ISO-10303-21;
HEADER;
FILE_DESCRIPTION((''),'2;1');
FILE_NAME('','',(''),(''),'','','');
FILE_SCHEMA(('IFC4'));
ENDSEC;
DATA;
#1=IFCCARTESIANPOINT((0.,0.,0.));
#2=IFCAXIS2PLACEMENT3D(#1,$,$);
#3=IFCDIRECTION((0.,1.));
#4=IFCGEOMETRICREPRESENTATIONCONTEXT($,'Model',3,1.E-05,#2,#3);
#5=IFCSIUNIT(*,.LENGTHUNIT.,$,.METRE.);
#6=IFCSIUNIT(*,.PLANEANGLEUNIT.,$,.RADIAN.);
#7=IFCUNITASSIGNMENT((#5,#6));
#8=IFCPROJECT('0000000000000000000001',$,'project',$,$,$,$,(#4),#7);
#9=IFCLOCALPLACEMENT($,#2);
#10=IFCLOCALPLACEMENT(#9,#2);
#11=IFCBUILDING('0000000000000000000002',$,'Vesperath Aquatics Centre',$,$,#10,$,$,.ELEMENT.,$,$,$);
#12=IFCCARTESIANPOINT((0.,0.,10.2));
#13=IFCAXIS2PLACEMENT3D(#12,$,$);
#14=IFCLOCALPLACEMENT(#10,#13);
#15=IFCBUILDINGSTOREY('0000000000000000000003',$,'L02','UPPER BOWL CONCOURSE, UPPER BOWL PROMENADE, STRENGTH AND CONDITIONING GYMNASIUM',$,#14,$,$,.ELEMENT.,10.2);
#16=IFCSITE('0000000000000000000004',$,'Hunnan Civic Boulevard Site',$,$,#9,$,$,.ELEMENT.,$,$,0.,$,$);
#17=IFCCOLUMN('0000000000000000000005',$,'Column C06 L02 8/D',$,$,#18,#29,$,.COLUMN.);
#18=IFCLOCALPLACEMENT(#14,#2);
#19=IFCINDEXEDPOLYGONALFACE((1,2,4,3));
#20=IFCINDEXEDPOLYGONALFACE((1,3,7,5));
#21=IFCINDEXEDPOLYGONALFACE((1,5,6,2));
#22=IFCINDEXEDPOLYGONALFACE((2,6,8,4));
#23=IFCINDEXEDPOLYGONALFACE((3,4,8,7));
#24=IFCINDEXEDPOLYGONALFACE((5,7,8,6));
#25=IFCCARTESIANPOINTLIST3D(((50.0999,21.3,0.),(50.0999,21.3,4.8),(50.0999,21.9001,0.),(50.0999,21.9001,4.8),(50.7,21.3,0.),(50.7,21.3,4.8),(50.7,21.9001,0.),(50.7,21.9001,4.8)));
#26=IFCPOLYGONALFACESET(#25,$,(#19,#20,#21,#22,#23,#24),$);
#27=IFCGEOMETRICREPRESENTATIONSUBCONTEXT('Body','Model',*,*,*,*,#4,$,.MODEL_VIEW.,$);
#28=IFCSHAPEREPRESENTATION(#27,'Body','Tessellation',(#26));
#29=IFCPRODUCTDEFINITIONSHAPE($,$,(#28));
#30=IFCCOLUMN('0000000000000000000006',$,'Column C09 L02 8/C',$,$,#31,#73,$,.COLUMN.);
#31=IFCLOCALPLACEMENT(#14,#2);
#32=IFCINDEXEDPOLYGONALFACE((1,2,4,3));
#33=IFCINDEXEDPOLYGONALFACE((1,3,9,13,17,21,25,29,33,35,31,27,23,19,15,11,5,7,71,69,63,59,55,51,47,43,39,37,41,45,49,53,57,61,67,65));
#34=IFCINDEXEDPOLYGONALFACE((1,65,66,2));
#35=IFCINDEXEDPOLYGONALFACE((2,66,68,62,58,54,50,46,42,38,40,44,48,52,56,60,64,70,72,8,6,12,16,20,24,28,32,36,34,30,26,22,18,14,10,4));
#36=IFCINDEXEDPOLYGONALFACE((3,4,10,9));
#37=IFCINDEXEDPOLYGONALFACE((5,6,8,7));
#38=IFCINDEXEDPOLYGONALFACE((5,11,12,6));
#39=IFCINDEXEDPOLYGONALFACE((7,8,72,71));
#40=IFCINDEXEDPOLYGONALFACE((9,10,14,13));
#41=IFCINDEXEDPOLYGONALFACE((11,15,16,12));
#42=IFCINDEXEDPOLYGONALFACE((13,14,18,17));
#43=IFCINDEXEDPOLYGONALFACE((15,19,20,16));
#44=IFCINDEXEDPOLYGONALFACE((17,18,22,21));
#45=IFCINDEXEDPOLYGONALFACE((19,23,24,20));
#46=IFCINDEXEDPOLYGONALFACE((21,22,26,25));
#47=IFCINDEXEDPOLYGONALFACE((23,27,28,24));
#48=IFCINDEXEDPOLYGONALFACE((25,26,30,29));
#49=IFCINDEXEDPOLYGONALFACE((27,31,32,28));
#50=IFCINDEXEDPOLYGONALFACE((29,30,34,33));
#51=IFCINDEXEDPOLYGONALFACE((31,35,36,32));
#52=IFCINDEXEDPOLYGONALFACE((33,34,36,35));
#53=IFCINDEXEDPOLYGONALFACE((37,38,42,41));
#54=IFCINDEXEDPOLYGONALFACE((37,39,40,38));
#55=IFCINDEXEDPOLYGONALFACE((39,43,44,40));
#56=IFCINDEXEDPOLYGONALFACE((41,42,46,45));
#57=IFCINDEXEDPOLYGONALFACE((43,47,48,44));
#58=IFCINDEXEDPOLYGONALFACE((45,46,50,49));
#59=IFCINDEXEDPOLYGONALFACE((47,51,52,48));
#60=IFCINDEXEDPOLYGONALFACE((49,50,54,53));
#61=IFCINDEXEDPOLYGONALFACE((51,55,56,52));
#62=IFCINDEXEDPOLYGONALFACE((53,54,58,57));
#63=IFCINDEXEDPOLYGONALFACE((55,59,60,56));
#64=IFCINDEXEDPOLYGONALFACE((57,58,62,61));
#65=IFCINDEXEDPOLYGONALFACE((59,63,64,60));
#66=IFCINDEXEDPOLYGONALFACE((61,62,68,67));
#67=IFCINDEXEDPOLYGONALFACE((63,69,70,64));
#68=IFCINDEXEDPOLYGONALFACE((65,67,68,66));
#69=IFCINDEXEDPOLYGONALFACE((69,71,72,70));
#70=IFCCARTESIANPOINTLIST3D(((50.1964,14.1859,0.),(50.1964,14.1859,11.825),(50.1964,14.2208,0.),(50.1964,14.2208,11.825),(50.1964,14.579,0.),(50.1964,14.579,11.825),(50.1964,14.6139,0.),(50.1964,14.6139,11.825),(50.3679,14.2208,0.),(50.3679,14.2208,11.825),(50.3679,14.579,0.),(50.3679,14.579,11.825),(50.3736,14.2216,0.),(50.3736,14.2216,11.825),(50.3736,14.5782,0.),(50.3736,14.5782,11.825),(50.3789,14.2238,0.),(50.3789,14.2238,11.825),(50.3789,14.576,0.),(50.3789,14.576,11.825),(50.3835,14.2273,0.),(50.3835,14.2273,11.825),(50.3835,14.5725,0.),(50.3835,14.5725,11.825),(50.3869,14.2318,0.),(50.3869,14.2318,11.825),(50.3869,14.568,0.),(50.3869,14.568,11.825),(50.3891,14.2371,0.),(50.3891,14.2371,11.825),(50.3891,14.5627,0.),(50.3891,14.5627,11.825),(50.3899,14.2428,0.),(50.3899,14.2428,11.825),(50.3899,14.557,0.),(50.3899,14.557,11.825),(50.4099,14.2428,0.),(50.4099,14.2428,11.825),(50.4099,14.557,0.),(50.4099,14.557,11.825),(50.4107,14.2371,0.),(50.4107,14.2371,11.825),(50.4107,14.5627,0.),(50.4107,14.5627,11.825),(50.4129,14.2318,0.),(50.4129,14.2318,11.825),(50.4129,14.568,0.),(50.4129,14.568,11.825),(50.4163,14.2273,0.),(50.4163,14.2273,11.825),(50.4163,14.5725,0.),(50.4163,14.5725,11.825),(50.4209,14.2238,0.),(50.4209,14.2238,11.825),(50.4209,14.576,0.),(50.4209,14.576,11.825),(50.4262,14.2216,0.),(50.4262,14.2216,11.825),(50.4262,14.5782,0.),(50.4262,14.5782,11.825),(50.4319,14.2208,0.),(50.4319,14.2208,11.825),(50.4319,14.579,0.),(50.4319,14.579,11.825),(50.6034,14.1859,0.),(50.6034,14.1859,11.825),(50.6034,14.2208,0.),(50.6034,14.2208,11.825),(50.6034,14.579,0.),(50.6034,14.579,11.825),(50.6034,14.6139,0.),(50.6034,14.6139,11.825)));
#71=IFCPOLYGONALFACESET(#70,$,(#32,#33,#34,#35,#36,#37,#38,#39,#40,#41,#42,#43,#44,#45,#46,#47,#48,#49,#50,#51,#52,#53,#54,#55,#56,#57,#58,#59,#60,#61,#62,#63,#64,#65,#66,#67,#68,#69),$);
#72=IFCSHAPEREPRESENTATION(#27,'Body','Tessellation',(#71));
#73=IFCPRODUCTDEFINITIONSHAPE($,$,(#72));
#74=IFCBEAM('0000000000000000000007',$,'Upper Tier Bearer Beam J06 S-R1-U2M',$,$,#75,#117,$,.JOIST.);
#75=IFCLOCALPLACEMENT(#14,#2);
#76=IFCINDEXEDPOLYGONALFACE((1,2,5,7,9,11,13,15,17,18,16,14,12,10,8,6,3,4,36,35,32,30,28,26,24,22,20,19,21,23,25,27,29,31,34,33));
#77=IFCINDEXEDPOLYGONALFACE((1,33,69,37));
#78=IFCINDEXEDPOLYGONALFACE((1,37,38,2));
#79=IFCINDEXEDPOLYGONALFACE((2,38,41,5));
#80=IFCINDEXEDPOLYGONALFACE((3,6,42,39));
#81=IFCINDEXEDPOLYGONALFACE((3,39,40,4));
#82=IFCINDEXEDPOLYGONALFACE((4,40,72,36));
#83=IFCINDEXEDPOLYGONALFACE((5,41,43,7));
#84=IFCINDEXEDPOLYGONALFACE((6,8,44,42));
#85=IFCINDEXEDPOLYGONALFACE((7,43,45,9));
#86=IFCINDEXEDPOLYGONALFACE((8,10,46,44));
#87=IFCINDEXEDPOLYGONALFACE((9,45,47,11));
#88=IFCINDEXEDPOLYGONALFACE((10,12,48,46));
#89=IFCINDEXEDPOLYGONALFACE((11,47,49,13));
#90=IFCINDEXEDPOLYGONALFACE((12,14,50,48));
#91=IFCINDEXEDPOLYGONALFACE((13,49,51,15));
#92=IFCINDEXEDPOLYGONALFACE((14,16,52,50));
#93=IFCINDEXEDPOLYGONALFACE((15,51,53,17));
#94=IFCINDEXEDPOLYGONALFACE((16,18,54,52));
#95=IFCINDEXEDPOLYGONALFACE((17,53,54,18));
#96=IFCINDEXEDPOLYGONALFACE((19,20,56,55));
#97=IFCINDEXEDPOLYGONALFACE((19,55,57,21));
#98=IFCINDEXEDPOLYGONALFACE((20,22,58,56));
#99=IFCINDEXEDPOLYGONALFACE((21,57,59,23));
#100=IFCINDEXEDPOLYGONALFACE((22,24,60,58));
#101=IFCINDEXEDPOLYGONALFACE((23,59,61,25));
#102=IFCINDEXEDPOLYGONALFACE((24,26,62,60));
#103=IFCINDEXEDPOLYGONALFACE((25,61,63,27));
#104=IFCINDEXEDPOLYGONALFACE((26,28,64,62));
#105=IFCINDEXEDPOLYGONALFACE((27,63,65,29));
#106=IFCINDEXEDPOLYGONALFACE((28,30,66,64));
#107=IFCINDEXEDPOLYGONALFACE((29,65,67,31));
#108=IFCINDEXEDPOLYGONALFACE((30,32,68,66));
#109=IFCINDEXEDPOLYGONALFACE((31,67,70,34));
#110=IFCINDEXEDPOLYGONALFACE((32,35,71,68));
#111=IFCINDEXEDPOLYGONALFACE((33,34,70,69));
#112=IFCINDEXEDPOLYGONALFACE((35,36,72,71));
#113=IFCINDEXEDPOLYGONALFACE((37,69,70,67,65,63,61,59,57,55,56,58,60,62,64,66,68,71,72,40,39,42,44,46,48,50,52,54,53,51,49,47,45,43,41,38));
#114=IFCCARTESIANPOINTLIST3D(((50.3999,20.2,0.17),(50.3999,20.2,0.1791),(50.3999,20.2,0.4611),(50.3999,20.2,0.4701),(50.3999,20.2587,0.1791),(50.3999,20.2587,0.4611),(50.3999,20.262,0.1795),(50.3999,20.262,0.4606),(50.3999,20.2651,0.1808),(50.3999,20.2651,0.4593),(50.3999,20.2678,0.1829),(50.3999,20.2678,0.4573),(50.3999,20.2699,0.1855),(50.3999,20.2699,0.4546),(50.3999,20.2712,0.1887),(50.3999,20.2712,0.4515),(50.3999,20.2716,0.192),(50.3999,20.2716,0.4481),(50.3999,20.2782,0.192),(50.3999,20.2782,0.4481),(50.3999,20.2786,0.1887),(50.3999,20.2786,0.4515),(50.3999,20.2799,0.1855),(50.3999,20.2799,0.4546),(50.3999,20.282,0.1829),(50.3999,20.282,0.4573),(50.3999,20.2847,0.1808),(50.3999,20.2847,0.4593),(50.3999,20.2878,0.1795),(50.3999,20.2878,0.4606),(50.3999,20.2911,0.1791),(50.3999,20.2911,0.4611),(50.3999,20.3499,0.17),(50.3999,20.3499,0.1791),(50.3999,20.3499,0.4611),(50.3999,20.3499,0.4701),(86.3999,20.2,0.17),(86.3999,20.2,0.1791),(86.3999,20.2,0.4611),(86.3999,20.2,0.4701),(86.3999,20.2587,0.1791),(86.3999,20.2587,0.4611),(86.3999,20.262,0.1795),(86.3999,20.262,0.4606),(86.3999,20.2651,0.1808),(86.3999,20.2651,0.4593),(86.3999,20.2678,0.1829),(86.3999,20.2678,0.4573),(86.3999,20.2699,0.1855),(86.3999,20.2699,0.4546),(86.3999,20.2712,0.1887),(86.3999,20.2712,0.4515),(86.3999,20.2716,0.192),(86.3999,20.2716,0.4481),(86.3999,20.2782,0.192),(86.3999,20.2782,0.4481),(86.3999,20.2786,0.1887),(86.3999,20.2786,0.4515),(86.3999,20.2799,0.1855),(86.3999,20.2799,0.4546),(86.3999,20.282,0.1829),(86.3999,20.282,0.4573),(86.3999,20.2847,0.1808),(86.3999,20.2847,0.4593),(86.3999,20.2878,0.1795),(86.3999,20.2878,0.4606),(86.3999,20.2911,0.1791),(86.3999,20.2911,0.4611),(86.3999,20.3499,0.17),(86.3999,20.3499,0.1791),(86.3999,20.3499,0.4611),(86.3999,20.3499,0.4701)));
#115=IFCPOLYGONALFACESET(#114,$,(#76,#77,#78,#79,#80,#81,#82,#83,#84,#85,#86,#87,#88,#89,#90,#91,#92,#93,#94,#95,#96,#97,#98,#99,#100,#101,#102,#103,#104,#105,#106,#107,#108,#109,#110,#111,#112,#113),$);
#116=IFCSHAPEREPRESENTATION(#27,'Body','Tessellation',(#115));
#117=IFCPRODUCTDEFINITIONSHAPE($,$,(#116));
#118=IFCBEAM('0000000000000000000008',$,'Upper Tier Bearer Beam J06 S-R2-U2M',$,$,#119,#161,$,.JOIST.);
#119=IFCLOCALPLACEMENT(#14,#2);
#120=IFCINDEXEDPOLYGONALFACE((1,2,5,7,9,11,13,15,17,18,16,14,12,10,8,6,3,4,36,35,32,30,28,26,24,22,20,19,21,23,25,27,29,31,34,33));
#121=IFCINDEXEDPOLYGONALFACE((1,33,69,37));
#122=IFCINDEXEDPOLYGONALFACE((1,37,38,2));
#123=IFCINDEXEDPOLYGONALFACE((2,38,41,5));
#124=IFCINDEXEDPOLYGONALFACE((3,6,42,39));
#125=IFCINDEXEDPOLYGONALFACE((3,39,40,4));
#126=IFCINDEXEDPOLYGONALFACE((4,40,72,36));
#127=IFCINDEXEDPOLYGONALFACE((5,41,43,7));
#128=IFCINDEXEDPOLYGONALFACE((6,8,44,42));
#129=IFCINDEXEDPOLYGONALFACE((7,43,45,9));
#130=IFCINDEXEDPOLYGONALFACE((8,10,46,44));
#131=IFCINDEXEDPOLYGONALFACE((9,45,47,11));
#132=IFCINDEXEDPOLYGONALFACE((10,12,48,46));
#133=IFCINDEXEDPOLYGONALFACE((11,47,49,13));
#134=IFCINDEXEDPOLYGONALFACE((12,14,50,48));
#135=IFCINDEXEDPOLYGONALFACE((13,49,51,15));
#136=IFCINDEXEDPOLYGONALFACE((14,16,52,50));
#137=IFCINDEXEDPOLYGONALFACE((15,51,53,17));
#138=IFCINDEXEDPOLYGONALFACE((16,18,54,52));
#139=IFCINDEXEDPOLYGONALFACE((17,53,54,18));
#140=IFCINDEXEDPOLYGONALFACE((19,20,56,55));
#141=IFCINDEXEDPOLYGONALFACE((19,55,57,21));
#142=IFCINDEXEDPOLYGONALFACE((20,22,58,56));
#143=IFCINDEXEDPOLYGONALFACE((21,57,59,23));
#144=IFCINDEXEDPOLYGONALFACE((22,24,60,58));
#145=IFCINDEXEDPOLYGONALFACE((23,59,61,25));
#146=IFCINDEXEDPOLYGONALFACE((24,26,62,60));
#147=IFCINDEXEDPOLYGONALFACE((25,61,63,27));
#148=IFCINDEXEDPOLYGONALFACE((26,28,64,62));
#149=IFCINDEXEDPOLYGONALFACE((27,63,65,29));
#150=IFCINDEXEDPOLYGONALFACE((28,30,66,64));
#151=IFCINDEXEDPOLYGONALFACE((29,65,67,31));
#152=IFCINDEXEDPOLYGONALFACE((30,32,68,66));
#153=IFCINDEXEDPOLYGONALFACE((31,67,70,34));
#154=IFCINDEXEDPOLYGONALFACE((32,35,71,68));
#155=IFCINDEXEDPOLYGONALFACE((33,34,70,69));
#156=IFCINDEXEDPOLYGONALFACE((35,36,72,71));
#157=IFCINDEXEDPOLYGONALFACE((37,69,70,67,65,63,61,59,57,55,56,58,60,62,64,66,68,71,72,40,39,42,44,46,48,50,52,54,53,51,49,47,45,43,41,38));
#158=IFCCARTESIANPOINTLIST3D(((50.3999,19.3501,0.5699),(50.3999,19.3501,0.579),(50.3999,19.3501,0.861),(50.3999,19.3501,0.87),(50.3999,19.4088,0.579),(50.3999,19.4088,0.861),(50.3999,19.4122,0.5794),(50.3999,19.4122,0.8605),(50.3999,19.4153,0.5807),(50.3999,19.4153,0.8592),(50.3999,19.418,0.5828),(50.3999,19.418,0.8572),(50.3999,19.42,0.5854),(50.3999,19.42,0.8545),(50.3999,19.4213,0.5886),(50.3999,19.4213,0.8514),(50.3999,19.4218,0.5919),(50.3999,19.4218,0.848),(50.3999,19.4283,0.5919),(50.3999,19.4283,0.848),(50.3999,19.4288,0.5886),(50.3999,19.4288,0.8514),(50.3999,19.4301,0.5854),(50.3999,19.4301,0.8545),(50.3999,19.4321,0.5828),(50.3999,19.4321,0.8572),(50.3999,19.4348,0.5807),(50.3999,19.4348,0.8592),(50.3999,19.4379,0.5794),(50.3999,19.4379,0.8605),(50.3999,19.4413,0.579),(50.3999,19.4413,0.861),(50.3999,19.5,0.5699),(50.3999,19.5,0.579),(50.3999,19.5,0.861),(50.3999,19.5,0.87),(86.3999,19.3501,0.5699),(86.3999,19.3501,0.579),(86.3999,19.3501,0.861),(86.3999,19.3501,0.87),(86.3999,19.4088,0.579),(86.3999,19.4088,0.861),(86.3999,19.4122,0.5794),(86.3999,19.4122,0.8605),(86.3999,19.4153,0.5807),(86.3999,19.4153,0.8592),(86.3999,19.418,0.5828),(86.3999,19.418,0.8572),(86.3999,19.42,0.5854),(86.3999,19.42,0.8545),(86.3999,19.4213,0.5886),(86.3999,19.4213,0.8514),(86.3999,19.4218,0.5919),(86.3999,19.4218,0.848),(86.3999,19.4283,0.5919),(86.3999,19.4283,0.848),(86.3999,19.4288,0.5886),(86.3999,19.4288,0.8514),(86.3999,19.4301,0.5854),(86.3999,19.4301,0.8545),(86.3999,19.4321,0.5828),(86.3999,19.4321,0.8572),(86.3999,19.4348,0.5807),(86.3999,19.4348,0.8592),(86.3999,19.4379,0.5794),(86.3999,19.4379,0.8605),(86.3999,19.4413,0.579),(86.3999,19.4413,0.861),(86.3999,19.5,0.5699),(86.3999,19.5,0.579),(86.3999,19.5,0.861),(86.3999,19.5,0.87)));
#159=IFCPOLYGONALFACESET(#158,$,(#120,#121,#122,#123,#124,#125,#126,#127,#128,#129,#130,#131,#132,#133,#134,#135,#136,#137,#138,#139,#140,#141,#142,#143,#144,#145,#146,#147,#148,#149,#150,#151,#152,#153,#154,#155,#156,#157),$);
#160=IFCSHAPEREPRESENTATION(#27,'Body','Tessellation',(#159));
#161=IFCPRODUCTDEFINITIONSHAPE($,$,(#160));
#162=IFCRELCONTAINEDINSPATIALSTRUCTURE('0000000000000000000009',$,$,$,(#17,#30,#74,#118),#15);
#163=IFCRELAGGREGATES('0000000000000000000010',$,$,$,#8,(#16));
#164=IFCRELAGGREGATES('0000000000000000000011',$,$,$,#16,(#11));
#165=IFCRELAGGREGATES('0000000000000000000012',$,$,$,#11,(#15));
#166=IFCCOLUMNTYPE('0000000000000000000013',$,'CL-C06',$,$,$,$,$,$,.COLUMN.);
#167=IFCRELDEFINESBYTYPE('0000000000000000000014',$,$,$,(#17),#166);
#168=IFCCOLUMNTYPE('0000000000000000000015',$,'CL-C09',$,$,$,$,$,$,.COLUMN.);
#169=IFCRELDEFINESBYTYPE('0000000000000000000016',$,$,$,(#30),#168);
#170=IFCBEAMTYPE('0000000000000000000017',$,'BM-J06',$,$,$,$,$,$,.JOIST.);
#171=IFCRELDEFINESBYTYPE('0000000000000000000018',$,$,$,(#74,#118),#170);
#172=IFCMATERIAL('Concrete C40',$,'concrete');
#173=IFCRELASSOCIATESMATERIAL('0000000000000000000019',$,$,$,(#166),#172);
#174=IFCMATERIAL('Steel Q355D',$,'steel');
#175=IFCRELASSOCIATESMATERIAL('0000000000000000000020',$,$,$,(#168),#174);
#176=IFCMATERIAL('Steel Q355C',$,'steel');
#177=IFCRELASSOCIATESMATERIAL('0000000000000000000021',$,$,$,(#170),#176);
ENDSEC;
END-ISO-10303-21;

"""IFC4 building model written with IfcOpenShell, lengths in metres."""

from ifc_helpers import new_model, si_unit, direction, frame, origin, origin_2d, place, context, subcontext, project, spatial, rectangle, i_section, extrude, material, material_profile, profile_set, type_object, element, save


model = new_model("IFC4")

# Units and contexts
model_context = context("Model", 3, precision=1e-05, world=origin(), true_north=direction((0.0, 1.0)))
body_context = subcontext(model_context, "Body", "Model", "MODEL_VIEW")
ifc_project = project(units=[si_unit("LENGTHUNIT", "METRE"), si_unit("PLANEANGLEUNIT", "RADIAN")], contexts=[model_context])

# Site, building, storey
site_placement = place(None, origin())
site = spatial("IfcSite", under=ifc_project, at=site_placement, Name="Hunnan Civic Boulevard Site", CompositionType="ELEMENT", RefElevation=0.0)
building_placement = place(site_placement, origin())
building = spatial("IfcBuilding", under=site, at=building_placement, Name="Vesperath Aquatics Centre", CompositionType="ELEMENT")
storey_placement = place(building_placement, frame((0.0, 0.0, 10.2)))
storey = spatial("IfcBuildingStorey", under=building, at=storey_placement, Name="L02", Description="UPPER BOWL CONCOURSE, UPPER BOWL PROMENADE, STRENGTH AND CONDITIONING GYMNASIUM", CompositionType="ELEMENT", Elevation=10.2)

# Columns
ifc_material_1 = material(Name="Concrete C40", Category="concrete")
ifc_material_profile_1 = material_profile(ifc_material_1, rectangle(XDim=0.6001, YDim=0.6001, at=origin_2d()), Name="RC 600x600")
ifc_profile_set_1 = profile_set([ifc_material_profile_1], Name="Concrete C40")
column_type_1 = type_object("IfcColumnType", Name="CL-C06", PredefinedType="COLUMN", material=ifc_profile_set_1)
column_1_placement = place(storey_placement, frame((50.3999, 21.6001, 0.0), z_axis=(0.0, 0.0, 1.0), x_axis=(1.0, 0.0, 0.0)))
element("IfcColumn", 1, at=column_1_placement, inside=storey, type_object=column_type_1, Name="Column C06 L02 8/D", PredefinedType="COLUMN", context=body_context, shape_type="SweptSolid", body=[
    extrude(rectangle(XDim=0.6001, YDim=0.6001, at=origin_2d()), origin(), (0.0, 0.0, 1.0), 4.8),
])
ifc_material_2 = material(Name="Steel Q355D", Category="steel")
ifc_material_profile_2 = material_profile(ifc_material_2, i_section(OverallWidth=0.407, OverallDepth=0.428, WebThickness=0.02, FlangeThickness=0.0349, FilletRadius=0.022, at=origin_2d()), Name="HW 428x407x20x35")
ifc_profile_set_2 = profile_set([ifc_material_profile_2], Name="Steel Q355D")
column_type_2 = type_object("IfcColumnType", Name="CL-C09", PredefinedType="COLUMN", material=ifc_profile_set_2)
column_2_placement = place(storey_placement, frame((50.3999, 14.3999, 0.0), z_axis=(0.0, 0.0, 1.0), x_axis=(1.0, 0.0, 0.0)))
element("IfcColumn", 2, at=column_2_placement, inside=storey, type_object=column_type_2, Name="Column C09 L02 8/C", PredefinedType="COLUMN", context=body_context, shape_type="SweptSolid", body=[
    extrude(i_section(OverallWidth=0.407, OverallDepth=0.428, WebThickness=0.02, FlangeThickness=0.0349, FilletRadius=0.022, at=origin_2d()), origin(), (0.0, 0.0, 1.0), 11.825),
])

# Beams
ifc_material_3 = material(Name="Steel Q355C", Category="steel")
ifc_material_profile_3 = material_profile(ifc_material_3, i_section(OverallWidth=0.1499, OverallDepth=0.3, WebThickness=0.0066, FlangeThickness=0.009, FilletRadius=0.0129, at=origin_2d()), Name="HN 300x150x6.5x9")
ifc_profile_set_3 = profile_set([ifc_material_profile_3], Name="Steel Q355C")
beam_type_1 = type_object("IfcBeamType", Name="BM-J06", PredefinedType="JOIST", material=ifc_profile_set_3)
for number, where, z_axis, x_axis, name in (
    (3, (50.3999, 20.2749, 0.3201), (1.0, 0.0, 0.0), (0.0, 1.0, 0.0), "Upper Tier Bearer Beam J06 S-R1-U2M"),
    (4, (50.3999, 19.425, 0.72), (1.0, 0.0, 0.0), (0.0, 1.0, 0.0), "Upper Tier Bearer Beam J06 S-R2-U2M"),
):
    element("IfcBeam", number, at=place(storey_placement, frame(where, z_axis=z_axis, x_axis=x_axis)), inside=storey, type_object=beam_type_1, Name=name, PredefinedType="JOIST", context=body_context, shape_type="SweptSolid", body=[
        extrude(i_section(OverallWidth=0.1499, OverallDepth=0.3, WebThickness=0.0066, FlangeThickness=0.009, FilletRadius=0.0129, at=origin_2d()), origin(), (0.0, 0.0, 1.0), 36.0),
    ])

save(model, "model.ifc")
